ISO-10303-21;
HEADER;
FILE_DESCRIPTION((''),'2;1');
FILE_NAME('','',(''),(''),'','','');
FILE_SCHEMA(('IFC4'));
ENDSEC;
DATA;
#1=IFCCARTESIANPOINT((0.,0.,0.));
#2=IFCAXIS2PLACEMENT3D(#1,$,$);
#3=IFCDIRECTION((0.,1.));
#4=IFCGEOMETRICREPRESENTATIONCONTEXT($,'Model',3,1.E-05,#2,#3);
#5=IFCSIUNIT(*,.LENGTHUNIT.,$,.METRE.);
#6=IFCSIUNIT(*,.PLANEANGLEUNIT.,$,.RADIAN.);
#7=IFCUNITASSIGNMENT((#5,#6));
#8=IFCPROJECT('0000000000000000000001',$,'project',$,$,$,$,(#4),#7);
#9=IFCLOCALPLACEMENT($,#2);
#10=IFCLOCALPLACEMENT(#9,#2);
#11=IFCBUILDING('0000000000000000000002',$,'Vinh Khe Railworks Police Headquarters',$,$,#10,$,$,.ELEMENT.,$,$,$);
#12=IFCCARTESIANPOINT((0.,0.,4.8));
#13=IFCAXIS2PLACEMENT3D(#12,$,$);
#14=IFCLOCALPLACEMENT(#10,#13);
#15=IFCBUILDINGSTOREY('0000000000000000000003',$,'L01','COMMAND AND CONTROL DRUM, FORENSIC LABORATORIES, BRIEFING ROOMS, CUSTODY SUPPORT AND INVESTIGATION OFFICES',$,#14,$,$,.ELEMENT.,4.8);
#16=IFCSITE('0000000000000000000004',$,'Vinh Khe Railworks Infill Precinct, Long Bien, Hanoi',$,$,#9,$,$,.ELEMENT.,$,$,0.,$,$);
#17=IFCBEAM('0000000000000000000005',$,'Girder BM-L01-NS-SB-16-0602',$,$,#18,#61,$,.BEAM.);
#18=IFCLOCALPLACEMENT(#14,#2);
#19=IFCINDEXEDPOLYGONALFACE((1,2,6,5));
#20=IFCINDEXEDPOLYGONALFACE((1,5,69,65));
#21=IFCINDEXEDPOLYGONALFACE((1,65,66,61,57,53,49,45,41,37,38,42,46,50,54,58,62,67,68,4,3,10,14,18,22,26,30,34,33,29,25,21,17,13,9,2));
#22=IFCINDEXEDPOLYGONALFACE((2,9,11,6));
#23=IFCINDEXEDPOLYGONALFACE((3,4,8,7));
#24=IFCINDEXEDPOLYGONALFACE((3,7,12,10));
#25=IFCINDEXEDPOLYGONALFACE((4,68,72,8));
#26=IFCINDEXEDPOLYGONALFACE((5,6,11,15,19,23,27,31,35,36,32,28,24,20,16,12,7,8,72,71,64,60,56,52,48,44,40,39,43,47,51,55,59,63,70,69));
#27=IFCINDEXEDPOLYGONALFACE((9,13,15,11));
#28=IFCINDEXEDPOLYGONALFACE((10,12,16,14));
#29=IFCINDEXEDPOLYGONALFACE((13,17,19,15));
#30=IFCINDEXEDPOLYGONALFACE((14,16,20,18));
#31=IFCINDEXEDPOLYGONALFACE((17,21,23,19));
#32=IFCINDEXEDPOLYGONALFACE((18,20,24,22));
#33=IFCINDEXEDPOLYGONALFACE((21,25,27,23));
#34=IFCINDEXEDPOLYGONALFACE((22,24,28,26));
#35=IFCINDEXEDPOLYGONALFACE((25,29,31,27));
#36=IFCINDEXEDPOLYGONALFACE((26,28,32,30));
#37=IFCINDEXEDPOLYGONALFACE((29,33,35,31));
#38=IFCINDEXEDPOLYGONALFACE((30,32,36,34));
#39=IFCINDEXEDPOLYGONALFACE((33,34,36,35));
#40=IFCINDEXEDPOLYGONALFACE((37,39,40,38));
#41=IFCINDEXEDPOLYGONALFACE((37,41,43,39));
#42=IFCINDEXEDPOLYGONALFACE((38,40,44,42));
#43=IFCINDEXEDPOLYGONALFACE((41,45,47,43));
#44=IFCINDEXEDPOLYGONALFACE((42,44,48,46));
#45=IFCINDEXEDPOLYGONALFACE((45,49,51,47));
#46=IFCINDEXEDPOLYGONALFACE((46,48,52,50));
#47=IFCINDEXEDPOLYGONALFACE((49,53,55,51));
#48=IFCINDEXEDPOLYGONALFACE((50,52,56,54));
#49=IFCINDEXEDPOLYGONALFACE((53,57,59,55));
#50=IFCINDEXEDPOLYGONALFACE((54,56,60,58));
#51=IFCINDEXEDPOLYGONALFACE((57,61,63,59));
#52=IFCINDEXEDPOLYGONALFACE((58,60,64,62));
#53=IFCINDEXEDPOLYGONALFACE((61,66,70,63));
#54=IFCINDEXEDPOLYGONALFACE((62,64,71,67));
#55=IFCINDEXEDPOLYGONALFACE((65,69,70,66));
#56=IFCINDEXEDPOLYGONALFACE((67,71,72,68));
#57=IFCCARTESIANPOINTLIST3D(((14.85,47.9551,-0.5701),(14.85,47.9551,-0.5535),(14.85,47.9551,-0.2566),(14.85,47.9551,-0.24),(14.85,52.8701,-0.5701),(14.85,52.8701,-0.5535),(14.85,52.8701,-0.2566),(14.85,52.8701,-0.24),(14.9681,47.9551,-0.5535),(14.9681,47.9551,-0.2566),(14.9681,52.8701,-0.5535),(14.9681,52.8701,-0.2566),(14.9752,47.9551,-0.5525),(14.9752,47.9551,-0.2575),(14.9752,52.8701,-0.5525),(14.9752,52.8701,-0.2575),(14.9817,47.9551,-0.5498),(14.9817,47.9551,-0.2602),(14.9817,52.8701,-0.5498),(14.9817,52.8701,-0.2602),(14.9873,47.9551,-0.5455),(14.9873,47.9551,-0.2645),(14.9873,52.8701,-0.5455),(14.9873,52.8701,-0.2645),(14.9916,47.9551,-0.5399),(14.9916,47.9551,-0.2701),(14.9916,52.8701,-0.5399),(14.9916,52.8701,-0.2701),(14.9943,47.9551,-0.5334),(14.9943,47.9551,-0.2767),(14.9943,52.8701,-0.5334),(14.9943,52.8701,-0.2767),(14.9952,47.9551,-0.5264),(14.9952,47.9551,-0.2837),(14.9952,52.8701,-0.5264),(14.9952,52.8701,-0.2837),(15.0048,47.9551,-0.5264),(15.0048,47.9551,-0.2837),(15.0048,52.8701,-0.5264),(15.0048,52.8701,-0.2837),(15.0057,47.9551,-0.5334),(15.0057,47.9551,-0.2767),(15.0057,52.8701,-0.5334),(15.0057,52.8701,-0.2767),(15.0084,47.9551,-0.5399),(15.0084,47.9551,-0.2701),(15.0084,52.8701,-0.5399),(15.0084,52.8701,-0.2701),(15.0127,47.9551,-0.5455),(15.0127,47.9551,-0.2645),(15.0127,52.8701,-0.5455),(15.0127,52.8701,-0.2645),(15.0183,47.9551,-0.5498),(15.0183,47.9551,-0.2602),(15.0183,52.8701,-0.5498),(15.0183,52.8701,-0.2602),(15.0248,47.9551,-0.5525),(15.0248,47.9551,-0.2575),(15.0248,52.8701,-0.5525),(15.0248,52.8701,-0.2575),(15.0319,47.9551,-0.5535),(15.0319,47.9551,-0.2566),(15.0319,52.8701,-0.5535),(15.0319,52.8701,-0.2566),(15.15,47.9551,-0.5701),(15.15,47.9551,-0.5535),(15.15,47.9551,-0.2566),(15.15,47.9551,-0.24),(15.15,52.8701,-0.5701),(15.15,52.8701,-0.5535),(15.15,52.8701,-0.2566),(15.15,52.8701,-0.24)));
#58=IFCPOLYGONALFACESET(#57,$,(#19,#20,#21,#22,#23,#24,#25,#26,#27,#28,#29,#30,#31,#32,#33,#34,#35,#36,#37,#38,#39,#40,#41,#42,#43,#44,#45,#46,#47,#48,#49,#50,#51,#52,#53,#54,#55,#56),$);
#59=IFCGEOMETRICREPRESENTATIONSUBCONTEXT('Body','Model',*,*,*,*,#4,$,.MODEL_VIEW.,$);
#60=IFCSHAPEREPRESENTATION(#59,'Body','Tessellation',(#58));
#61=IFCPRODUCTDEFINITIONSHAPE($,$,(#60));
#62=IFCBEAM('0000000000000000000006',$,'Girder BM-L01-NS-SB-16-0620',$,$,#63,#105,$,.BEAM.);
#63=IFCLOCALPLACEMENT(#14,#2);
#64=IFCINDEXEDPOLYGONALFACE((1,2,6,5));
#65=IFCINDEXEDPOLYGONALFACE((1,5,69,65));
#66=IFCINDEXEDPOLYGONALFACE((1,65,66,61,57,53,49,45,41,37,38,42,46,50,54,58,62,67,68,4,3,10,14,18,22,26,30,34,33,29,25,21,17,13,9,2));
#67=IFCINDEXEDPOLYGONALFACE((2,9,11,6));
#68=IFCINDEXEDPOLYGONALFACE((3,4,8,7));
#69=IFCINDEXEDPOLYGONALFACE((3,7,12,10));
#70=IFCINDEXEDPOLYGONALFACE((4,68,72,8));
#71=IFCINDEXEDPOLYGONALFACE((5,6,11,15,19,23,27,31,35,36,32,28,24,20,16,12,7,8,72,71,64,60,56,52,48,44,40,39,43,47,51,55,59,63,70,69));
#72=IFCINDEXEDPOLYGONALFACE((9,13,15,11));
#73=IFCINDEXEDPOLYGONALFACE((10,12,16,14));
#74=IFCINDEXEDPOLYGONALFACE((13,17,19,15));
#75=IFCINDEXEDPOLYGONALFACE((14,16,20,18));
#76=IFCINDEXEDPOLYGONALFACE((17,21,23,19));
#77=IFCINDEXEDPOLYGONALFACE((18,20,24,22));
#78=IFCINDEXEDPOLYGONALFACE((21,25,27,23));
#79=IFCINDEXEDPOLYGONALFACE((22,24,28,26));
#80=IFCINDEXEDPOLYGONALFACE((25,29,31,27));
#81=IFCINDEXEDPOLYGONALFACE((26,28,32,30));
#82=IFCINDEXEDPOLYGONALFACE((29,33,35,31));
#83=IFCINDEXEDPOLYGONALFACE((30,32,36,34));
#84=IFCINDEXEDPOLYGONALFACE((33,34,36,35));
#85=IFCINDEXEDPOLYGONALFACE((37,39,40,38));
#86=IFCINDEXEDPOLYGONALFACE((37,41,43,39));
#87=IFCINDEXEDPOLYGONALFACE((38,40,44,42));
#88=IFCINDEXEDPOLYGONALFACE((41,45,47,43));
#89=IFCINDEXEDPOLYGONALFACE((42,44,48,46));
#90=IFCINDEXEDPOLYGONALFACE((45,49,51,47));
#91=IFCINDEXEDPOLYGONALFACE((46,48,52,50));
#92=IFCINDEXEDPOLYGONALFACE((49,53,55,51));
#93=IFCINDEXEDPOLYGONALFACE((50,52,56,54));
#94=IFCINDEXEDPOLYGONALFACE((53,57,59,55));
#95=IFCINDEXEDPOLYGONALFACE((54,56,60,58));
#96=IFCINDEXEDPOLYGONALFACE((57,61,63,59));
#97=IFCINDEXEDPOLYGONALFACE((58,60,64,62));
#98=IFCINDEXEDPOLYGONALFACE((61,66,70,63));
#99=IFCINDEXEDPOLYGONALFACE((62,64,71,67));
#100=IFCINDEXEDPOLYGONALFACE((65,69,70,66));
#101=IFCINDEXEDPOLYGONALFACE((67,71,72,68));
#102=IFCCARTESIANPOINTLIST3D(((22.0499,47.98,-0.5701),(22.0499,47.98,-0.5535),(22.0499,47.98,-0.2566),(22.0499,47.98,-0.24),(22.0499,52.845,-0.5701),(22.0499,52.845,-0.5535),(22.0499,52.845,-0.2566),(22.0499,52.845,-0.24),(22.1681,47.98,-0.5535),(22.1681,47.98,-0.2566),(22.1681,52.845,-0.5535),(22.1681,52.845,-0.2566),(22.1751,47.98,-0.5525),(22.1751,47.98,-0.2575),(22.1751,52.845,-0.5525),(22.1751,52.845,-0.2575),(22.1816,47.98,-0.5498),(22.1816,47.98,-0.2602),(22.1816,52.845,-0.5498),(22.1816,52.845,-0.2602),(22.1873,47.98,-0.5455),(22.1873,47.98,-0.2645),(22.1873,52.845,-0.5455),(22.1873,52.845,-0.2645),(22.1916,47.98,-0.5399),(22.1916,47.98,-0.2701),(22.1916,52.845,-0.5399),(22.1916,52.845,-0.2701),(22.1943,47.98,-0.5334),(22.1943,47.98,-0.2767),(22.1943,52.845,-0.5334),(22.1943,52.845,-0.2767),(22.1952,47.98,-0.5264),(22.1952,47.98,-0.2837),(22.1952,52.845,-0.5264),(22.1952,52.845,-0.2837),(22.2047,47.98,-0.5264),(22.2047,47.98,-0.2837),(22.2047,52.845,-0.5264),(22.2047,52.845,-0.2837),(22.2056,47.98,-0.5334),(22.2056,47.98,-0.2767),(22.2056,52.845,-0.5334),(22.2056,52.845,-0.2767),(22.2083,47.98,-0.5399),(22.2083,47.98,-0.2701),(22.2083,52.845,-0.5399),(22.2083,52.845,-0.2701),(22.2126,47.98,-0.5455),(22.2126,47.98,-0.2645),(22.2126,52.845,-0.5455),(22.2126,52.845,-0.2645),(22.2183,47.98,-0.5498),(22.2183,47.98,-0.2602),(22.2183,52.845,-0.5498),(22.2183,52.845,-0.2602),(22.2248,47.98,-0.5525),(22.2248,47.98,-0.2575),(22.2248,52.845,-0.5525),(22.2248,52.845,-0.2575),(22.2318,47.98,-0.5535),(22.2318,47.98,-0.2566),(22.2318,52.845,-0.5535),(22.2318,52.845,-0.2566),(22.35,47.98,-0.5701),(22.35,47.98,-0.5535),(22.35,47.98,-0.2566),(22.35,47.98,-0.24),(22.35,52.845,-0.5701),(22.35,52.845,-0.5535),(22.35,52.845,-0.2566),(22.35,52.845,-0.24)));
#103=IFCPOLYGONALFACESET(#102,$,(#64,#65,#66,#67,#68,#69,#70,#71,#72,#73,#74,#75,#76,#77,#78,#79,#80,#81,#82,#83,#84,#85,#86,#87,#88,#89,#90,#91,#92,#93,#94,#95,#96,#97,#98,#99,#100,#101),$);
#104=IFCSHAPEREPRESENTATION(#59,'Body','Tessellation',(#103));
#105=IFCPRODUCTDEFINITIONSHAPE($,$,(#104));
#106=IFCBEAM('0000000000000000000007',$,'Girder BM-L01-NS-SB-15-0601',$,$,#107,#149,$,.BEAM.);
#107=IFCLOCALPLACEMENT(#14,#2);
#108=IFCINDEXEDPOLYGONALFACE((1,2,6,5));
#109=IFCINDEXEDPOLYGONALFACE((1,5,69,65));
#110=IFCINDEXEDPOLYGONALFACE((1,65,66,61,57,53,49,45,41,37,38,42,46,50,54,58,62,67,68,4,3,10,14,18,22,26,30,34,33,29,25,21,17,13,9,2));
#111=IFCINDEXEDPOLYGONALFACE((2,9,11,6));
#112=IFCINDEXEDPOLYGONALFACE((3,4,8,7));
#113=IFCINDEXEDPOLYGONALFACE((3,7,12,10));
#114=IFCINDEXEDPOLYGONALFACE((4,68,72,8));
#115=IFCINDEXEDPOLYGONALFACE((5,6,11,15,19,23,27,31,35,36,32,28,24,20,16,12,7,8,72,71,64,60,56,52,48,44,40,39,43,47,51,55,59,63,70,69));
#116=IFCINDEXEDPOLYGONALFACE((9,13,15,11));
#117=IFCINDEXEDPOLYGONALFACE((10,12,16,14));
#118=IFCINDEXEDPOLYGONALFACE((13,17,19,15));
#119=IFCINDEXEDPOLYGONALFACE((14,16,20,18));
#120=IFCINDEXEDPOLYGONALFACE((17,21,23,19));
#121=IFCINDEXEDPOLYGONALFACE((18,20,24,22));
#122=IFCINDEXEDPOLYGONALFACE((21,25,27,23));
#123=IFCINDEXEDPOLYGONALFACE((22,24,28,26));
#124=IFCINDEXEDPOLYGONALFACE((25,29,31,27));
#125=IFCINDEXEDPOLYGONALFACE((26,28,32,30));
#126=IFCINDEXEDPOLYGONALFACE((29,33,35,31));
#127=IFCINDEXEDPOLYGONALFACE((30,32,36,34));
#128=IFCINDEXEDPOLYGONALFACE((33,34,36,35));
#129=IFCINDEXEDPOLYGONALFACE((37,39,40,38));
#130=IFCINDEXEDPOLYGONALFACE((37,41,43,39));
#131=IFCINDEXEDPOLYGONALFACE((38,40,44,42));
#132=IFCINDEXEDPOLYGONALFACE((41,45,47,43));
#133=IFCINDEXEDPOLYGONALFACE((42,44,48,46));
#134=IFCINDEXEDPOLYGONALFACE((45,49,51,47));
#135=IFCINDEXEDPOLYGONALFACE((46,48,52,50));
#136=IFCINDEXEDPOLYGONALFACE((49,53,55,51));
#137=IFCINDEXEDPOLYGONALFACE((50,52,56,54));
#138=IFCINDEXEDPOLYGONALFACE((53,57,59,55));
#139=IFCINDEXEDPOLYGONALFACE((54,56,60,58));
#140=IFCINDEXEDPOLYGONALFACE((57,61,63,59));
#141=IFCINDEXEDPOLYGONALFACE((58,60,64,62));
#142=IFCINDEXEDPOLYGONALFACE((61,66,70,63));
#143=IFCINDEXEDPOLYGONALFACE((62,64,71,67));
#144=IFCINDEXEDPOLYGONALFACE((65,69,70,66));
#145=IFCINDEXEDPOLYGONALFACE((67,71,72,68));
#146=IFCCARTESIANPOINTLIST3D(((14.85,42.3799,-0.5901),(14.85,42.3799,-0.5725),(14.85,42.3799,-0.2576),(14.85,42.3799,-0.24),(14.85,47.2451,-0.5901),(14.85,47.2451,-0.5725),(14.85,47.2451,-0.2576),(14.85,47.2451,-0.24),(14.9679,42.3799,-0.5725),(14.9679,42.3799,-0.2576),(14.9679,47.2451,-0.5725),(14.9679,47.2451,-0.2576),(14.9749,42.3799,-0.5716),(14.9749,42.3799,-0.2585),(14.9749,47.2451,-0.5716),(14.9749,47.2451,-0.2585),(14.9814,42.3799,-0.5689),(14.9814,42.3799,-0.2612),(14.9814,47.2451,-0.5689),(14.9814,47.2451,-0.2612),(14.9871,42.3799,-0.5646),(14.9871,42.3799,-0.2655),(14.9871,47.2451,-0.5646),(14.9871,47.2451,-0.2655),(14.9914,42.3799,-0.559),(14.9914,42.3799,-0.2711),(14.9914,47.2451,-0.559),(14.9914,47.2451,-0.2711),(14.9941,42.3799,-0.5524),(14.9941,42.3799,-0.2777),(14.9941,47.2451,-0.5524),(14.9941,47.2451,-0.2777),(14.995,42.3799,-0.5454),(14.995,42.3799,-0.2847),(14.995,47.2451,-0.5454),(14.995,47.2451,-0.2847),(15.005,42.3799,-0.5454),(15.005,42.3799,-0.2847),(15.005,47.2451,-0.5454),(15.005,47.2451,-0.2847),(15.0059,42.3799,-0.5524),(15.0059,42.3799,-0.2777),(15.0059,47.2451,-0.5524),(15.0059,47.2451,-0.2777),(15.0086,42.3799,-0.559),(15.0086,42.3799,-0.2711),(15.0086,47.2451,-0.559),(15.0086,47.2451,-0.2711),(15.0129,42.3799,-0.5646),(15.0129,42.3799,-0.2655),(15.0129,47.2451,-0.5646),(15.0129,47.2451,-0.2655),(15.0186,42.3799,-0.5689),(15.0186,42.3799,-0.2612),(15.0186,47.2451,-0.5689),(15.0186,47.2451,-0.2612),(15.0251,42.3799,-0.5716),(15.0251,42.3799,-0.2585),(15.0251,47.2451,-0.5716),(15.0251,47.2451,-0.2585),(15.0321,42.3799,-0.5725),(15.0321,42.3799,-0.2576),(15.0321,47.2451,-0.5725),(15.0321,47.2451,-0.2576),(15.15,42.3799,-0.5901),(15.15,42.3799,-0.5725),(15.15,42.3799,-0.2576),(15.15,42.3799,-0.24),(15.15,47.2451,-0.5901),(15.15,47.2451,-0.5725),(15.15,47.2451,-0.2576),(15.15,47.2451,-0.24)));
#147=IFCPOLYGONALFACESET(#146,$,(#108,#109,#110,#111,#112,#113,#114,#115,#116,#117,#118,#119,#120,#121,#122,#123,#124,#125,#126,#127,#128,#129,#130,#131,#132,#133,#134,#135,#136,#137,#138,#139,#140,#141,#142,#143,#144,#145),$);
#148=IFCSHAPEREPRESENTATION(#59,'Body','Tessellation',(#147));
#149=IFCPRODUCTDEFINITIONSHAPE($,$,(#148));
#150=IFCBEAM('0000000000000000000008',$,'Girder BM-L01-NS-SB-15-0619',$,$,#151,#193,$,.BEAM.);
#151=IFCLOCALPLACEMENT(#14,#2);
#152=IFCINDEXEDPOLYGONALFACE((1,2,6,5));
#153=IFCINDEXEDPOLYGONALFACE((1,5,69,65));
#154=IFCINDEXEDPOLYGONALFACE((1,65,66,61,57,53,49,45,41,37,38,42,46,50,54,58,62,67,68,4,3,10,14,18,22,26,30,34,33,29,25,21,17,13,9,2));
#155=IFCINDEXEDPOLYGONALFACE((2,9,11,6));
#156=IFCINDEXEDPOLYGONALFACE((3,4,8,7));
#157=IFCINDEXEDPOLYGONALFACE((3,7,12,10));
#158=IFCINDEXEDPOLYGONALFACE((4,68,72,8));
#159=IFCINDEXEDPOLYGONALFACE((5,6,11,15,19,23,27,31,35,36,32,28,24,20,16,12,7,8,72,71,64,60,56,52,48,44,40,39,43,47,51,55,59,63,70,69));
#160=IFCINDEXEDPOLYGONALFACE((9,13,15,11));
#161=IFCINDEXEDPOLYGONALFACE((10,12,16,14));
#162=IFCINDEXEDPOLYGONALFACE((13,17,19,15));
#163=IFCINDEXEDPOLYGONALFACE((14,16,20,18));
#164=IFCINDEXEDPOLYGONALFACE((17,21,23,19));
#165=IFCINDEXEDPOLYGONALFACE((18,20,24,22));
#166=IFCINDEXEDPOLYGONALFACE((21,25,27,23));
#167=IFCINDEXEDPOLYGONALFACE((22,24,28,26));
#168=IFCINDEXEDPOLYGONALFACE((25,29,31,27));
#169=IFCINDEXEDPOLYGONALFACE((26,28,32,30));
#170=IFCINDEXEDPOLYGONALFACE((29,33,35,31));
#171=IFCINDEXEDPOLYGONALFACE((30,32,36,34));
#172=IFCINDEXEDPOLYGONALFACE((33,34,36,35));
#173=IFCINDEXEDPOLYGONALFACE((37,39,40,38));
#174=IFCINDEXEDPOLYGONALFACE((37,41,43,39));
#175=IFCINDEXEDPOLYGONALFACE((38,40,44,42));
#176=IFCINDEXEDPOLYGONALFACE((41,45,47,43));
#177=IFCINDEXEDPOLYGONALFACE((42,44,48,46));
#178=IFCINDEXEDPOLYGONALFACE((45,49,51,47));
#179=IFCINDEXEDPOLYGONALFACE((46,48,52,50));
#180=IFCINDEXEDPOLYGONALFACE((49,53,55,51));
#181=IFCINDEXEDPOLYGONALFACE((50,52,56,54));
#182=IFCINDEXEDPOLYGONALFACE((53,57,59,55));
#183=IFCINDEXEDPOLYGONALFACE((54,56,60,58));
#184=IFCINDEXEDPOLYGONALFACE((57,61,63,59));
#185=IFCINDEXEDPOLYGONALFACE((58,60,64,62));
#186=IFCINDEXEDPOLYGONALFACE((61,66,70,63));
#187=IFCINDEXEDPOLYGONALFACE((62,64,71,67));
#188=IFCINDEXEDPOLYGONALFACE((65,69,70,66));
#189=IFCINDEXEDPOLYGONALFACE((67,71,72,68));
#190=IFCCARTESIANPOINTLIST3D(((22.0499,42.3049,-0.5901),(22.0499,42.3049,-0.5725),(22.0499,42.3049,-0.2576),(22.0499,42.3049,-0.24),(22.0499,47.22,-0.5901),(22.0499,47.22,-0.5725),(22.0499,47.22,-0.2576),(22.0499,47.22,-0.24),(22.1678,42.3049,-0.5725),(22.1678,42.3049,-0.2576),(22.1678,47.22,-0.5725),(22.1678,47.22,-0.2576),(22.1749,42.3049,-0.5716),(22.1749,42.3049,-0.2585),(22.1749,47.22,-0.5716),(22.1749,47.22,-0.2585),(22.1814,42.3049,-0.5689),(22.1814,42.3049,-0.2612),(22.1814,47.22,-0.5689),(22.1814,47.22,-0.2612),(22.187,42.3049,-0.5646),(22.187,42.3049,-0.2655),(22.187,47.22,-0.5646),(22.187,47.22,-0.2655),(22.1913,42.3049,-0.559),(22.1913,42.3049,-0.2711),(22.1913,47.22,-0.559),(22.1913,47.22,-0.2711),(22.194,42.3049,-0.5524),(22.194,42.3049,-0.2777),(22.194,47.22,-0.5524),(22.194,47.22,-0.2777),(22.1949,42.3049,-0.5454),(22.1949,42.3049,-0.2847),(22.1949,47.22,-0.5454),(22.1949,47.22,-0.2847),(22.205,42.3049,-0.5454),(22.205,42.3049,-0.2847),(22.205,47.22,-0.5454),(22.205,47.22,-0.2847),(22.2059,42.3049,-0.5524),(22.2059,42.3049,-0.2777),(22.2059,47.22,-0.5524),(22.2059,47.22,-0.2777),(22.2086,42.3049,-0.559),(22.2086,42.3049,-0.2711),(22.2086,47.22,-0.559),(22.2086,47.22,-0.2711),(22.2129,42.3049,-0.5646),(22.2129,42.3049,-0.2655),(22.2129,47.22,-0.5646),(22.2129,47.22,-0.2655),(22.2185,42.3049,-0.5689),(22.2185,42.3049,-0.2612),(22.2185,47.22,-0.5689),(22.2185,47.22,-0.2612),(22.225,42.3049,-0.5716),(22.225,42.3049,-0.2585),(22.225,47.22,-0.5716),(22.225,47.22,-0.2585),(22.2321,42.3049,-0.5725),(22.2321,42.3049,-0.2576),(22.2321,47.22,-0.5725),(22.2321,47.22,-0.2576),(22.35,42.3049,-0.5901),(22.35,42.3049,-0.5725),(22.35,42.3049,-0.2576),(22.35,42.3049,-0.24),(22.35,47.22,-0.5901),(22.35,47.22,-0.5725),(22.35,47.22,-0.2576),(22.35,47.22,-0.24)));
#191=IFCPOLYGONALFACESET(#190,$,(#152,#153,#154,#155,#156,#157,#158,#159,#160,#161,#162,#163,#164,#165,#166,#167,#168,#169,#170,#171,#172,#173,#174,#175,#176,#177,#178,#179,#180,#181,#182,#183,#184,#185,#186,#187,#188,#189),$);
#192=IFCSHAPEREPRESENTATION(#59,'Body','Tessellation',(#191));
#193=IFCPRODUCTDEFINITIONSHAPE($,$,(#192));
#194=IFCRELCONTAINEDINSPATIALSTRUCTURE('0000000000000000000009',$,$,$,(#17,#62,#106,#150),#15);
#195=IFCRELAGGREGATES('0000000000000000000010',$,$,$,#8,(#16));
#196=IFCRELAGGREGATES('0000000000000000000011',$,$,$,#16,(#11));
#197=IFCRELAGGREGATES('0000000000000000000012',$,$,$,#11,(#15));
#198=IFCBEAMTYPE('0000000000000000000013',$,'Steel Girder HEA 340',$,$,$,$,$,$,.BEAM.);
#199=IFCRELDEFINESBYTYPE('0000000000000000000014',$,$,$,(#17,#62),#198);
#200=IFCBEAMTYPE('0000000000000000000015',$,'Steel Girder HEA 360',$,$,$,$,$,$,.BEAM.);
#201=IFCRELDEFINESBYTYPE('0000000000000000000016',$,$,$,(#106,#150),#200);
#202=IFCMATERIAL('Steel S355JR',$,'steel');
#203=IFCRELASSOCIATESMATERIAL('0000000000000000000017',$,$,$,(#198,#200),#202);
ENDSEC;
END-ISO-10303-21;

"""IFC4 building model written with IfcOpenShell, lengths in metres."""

from ifc_helpers import new_model, si_unit, direction, frame, origin, origin_2d, place, context, subcontext, project, spatial, i_section, extrude, material, material_profile, profile_set, type_object, element, save


model = new_model("IFC4")

# Units and contexts
model_context = context("Model", 3, precision=1e-05, world=origin(), true_north=direction((0.0, 1.0)))
body_context = subcontext(model_context, "Body", "Model", "MODEL_VIEW")
ifc_project = project(units=[si_unit("LENGTHUNIT", "METRE"), si_unit("PLANEANGLEUNIT", "RADIAN")], contexts=[model_context])

# Site, building, storey
site_placement = place(None, origin())
site = spatial("IfcSite", under=ifc_project, at=site_placement, Name="Vinh Khe Railworks Infill Precinct, Long Bien, Hanoi", CompositionType="ELEMENT", RefElevation=0.0)
building_placement = place(site_placement, origin())
building = spatial("IfcBuilding", under=site, at=building_placement, Name="Vinh Khe Railworks Police Headquarters", CompositionType="ELEMENT")
storey_placement = place(building_placement, frame((0.0, 0.0, 4.8)))
storey = spatial("IfcBuildingStorey", under=building, at=storey_placement, Name="L01", Description="COMMAND AND CONTROL DRUM, FORENSIC LABORATORIES, BRIEFING ROOMS, CUSTODY SUPPORT AND INVESTIGATION OFFICES", CompositionType="ELEMENT", Elevation=4.8)

# Shared definitions
ifc_material_1 = material(Name="Steel S355JR", Category="steel")

# Beams
ifc_material_profile_1 = material_profile(ifc_material_1, i_section(OverallWidth=0.3, OverallDepth=0.3301, WebThickness=0.0095, FlangeThickness=0.0166, FilletRadius=0.0271, at=origin_2d()), Name="HEA 340")
ifc_profile_set_1 = profile_set([ifc_material_profile_1], Name="Steel S355JR")
beam_type_1 = type_object("IfcBeamType", Name="Steel Girder HEA 340", PredefinedType="BEAM", material=ifc_profile_set_1)
beam_1_placement = place(storey_placement, frame((15.0, 47.9551, -0.405), z_axis=(0.0, 1.0, 0.0), x_axis=(-1.0, 0.0, 0.0)))
element("IfcBeam", 1, at=beam_1_placement, inside=storey, type_object=beam_type_1, Name="Girder BM-L01-NS-SB-16-0602", PredefinedType="BEAM", context=body_context, shape_type="SweptSolid", body=[
    extrude(i_section(OverallWidth=0.3, OverallDepth=0.3301, WebThickness=0.0095, FlangeThickness=0.0166, FilletRadius=0.0271, at=origin_2d()), origin(), (0.0, 0.0, 1.0), 4.915),
])
beam_2_placement = place(storey_placement, frame((22.2, 47.98, -0.405), z_axis=(0.0, 1.0, 0.0), x_axis=(-1.0, 0.0, 0.0)))
element("IfcBeam", 2, at=beam_2_placement, inside=storey, type_object=beam_type_1, Name="Girder BM-L01-NS-SB-16-0620", PredefinedType="BEAM", context=body_context, shape_type="SweptSolid", body=[
    extrude(i_section(OverallWidth=0.3, OverallDepth=0.3301, WebThickness=0.0095, FlangeThickness=0.0166, FilletRadius=0.0271, at=origin_2d()), origin(), (0.0, 0.0, 1.0), 4.865),
])
ifc_material_profile_2 = material_profile(ifc_material_1, i_section(OverallWidth=0.3, OverallDepth=0.3501, WebThickness=0.01, FlangeThickness=0.0176, FilletRadius=0.0271, at=origin_2d()), Name="HEA 360")
ifc_profile_set_2 = profile_set([ifc_material_profile_2], Name="Steel S355JR")
beam_type_2 = type_object("IfcBeamType", Name="Steel Girder HEA 360", PredefinedType="BEAM", material=ifc_profile_set_2)
beam_3_placement = place(storey_placement, frame((15.0, 42.3799, -0.415), z_axis=(0.0, 1.0, 0.0), x_axis=(-1.0, 0.0, 0.0)))
element("IfcBeam", 3, at=beam_3_placement, inside=storey, type_object=beam_type_2, Name="Girder BM-L01-NS-SB-15-0601", PredefinedType="BEAM", context=body_context, shape_type="SweptSolid", body=[
    extrude(i_section(OverallWidth=0.3, OverallDepth=0.3501, WebThickness=0.01, FlangeThickness=0.0176, FilletRadius=0.0271, at=origin_2d()), origin(), (0.0, 0.0, 1.0), 4.8652),
])
beam_4_placement = place(storey_placement, frame((22.2, 42.3049, -0.415), z_axis=(0.0, 1.0, 0.0), x_axis=(-1.0, 0.0, 0.0)))
element("IfcBeam", 4, at=beam_4_placement, inside=storey, type_object=beam_type_2, Name="Girder BM-L01-NS-SB-15-0619", PredefinedType="BEAM", context=body_context, shape_type="SweptSolid", body=[
    extrude(i_section(OverallWidth=0.3, OverallDepth=0.3501, WebThickness=0.01, FlangeThickness=0.0176, FilletRadius=0.0271, at=origin_2d()), origin(), (0.0, 0.0, 1.0), 4.915),
])

save(model, "model.ifc")
